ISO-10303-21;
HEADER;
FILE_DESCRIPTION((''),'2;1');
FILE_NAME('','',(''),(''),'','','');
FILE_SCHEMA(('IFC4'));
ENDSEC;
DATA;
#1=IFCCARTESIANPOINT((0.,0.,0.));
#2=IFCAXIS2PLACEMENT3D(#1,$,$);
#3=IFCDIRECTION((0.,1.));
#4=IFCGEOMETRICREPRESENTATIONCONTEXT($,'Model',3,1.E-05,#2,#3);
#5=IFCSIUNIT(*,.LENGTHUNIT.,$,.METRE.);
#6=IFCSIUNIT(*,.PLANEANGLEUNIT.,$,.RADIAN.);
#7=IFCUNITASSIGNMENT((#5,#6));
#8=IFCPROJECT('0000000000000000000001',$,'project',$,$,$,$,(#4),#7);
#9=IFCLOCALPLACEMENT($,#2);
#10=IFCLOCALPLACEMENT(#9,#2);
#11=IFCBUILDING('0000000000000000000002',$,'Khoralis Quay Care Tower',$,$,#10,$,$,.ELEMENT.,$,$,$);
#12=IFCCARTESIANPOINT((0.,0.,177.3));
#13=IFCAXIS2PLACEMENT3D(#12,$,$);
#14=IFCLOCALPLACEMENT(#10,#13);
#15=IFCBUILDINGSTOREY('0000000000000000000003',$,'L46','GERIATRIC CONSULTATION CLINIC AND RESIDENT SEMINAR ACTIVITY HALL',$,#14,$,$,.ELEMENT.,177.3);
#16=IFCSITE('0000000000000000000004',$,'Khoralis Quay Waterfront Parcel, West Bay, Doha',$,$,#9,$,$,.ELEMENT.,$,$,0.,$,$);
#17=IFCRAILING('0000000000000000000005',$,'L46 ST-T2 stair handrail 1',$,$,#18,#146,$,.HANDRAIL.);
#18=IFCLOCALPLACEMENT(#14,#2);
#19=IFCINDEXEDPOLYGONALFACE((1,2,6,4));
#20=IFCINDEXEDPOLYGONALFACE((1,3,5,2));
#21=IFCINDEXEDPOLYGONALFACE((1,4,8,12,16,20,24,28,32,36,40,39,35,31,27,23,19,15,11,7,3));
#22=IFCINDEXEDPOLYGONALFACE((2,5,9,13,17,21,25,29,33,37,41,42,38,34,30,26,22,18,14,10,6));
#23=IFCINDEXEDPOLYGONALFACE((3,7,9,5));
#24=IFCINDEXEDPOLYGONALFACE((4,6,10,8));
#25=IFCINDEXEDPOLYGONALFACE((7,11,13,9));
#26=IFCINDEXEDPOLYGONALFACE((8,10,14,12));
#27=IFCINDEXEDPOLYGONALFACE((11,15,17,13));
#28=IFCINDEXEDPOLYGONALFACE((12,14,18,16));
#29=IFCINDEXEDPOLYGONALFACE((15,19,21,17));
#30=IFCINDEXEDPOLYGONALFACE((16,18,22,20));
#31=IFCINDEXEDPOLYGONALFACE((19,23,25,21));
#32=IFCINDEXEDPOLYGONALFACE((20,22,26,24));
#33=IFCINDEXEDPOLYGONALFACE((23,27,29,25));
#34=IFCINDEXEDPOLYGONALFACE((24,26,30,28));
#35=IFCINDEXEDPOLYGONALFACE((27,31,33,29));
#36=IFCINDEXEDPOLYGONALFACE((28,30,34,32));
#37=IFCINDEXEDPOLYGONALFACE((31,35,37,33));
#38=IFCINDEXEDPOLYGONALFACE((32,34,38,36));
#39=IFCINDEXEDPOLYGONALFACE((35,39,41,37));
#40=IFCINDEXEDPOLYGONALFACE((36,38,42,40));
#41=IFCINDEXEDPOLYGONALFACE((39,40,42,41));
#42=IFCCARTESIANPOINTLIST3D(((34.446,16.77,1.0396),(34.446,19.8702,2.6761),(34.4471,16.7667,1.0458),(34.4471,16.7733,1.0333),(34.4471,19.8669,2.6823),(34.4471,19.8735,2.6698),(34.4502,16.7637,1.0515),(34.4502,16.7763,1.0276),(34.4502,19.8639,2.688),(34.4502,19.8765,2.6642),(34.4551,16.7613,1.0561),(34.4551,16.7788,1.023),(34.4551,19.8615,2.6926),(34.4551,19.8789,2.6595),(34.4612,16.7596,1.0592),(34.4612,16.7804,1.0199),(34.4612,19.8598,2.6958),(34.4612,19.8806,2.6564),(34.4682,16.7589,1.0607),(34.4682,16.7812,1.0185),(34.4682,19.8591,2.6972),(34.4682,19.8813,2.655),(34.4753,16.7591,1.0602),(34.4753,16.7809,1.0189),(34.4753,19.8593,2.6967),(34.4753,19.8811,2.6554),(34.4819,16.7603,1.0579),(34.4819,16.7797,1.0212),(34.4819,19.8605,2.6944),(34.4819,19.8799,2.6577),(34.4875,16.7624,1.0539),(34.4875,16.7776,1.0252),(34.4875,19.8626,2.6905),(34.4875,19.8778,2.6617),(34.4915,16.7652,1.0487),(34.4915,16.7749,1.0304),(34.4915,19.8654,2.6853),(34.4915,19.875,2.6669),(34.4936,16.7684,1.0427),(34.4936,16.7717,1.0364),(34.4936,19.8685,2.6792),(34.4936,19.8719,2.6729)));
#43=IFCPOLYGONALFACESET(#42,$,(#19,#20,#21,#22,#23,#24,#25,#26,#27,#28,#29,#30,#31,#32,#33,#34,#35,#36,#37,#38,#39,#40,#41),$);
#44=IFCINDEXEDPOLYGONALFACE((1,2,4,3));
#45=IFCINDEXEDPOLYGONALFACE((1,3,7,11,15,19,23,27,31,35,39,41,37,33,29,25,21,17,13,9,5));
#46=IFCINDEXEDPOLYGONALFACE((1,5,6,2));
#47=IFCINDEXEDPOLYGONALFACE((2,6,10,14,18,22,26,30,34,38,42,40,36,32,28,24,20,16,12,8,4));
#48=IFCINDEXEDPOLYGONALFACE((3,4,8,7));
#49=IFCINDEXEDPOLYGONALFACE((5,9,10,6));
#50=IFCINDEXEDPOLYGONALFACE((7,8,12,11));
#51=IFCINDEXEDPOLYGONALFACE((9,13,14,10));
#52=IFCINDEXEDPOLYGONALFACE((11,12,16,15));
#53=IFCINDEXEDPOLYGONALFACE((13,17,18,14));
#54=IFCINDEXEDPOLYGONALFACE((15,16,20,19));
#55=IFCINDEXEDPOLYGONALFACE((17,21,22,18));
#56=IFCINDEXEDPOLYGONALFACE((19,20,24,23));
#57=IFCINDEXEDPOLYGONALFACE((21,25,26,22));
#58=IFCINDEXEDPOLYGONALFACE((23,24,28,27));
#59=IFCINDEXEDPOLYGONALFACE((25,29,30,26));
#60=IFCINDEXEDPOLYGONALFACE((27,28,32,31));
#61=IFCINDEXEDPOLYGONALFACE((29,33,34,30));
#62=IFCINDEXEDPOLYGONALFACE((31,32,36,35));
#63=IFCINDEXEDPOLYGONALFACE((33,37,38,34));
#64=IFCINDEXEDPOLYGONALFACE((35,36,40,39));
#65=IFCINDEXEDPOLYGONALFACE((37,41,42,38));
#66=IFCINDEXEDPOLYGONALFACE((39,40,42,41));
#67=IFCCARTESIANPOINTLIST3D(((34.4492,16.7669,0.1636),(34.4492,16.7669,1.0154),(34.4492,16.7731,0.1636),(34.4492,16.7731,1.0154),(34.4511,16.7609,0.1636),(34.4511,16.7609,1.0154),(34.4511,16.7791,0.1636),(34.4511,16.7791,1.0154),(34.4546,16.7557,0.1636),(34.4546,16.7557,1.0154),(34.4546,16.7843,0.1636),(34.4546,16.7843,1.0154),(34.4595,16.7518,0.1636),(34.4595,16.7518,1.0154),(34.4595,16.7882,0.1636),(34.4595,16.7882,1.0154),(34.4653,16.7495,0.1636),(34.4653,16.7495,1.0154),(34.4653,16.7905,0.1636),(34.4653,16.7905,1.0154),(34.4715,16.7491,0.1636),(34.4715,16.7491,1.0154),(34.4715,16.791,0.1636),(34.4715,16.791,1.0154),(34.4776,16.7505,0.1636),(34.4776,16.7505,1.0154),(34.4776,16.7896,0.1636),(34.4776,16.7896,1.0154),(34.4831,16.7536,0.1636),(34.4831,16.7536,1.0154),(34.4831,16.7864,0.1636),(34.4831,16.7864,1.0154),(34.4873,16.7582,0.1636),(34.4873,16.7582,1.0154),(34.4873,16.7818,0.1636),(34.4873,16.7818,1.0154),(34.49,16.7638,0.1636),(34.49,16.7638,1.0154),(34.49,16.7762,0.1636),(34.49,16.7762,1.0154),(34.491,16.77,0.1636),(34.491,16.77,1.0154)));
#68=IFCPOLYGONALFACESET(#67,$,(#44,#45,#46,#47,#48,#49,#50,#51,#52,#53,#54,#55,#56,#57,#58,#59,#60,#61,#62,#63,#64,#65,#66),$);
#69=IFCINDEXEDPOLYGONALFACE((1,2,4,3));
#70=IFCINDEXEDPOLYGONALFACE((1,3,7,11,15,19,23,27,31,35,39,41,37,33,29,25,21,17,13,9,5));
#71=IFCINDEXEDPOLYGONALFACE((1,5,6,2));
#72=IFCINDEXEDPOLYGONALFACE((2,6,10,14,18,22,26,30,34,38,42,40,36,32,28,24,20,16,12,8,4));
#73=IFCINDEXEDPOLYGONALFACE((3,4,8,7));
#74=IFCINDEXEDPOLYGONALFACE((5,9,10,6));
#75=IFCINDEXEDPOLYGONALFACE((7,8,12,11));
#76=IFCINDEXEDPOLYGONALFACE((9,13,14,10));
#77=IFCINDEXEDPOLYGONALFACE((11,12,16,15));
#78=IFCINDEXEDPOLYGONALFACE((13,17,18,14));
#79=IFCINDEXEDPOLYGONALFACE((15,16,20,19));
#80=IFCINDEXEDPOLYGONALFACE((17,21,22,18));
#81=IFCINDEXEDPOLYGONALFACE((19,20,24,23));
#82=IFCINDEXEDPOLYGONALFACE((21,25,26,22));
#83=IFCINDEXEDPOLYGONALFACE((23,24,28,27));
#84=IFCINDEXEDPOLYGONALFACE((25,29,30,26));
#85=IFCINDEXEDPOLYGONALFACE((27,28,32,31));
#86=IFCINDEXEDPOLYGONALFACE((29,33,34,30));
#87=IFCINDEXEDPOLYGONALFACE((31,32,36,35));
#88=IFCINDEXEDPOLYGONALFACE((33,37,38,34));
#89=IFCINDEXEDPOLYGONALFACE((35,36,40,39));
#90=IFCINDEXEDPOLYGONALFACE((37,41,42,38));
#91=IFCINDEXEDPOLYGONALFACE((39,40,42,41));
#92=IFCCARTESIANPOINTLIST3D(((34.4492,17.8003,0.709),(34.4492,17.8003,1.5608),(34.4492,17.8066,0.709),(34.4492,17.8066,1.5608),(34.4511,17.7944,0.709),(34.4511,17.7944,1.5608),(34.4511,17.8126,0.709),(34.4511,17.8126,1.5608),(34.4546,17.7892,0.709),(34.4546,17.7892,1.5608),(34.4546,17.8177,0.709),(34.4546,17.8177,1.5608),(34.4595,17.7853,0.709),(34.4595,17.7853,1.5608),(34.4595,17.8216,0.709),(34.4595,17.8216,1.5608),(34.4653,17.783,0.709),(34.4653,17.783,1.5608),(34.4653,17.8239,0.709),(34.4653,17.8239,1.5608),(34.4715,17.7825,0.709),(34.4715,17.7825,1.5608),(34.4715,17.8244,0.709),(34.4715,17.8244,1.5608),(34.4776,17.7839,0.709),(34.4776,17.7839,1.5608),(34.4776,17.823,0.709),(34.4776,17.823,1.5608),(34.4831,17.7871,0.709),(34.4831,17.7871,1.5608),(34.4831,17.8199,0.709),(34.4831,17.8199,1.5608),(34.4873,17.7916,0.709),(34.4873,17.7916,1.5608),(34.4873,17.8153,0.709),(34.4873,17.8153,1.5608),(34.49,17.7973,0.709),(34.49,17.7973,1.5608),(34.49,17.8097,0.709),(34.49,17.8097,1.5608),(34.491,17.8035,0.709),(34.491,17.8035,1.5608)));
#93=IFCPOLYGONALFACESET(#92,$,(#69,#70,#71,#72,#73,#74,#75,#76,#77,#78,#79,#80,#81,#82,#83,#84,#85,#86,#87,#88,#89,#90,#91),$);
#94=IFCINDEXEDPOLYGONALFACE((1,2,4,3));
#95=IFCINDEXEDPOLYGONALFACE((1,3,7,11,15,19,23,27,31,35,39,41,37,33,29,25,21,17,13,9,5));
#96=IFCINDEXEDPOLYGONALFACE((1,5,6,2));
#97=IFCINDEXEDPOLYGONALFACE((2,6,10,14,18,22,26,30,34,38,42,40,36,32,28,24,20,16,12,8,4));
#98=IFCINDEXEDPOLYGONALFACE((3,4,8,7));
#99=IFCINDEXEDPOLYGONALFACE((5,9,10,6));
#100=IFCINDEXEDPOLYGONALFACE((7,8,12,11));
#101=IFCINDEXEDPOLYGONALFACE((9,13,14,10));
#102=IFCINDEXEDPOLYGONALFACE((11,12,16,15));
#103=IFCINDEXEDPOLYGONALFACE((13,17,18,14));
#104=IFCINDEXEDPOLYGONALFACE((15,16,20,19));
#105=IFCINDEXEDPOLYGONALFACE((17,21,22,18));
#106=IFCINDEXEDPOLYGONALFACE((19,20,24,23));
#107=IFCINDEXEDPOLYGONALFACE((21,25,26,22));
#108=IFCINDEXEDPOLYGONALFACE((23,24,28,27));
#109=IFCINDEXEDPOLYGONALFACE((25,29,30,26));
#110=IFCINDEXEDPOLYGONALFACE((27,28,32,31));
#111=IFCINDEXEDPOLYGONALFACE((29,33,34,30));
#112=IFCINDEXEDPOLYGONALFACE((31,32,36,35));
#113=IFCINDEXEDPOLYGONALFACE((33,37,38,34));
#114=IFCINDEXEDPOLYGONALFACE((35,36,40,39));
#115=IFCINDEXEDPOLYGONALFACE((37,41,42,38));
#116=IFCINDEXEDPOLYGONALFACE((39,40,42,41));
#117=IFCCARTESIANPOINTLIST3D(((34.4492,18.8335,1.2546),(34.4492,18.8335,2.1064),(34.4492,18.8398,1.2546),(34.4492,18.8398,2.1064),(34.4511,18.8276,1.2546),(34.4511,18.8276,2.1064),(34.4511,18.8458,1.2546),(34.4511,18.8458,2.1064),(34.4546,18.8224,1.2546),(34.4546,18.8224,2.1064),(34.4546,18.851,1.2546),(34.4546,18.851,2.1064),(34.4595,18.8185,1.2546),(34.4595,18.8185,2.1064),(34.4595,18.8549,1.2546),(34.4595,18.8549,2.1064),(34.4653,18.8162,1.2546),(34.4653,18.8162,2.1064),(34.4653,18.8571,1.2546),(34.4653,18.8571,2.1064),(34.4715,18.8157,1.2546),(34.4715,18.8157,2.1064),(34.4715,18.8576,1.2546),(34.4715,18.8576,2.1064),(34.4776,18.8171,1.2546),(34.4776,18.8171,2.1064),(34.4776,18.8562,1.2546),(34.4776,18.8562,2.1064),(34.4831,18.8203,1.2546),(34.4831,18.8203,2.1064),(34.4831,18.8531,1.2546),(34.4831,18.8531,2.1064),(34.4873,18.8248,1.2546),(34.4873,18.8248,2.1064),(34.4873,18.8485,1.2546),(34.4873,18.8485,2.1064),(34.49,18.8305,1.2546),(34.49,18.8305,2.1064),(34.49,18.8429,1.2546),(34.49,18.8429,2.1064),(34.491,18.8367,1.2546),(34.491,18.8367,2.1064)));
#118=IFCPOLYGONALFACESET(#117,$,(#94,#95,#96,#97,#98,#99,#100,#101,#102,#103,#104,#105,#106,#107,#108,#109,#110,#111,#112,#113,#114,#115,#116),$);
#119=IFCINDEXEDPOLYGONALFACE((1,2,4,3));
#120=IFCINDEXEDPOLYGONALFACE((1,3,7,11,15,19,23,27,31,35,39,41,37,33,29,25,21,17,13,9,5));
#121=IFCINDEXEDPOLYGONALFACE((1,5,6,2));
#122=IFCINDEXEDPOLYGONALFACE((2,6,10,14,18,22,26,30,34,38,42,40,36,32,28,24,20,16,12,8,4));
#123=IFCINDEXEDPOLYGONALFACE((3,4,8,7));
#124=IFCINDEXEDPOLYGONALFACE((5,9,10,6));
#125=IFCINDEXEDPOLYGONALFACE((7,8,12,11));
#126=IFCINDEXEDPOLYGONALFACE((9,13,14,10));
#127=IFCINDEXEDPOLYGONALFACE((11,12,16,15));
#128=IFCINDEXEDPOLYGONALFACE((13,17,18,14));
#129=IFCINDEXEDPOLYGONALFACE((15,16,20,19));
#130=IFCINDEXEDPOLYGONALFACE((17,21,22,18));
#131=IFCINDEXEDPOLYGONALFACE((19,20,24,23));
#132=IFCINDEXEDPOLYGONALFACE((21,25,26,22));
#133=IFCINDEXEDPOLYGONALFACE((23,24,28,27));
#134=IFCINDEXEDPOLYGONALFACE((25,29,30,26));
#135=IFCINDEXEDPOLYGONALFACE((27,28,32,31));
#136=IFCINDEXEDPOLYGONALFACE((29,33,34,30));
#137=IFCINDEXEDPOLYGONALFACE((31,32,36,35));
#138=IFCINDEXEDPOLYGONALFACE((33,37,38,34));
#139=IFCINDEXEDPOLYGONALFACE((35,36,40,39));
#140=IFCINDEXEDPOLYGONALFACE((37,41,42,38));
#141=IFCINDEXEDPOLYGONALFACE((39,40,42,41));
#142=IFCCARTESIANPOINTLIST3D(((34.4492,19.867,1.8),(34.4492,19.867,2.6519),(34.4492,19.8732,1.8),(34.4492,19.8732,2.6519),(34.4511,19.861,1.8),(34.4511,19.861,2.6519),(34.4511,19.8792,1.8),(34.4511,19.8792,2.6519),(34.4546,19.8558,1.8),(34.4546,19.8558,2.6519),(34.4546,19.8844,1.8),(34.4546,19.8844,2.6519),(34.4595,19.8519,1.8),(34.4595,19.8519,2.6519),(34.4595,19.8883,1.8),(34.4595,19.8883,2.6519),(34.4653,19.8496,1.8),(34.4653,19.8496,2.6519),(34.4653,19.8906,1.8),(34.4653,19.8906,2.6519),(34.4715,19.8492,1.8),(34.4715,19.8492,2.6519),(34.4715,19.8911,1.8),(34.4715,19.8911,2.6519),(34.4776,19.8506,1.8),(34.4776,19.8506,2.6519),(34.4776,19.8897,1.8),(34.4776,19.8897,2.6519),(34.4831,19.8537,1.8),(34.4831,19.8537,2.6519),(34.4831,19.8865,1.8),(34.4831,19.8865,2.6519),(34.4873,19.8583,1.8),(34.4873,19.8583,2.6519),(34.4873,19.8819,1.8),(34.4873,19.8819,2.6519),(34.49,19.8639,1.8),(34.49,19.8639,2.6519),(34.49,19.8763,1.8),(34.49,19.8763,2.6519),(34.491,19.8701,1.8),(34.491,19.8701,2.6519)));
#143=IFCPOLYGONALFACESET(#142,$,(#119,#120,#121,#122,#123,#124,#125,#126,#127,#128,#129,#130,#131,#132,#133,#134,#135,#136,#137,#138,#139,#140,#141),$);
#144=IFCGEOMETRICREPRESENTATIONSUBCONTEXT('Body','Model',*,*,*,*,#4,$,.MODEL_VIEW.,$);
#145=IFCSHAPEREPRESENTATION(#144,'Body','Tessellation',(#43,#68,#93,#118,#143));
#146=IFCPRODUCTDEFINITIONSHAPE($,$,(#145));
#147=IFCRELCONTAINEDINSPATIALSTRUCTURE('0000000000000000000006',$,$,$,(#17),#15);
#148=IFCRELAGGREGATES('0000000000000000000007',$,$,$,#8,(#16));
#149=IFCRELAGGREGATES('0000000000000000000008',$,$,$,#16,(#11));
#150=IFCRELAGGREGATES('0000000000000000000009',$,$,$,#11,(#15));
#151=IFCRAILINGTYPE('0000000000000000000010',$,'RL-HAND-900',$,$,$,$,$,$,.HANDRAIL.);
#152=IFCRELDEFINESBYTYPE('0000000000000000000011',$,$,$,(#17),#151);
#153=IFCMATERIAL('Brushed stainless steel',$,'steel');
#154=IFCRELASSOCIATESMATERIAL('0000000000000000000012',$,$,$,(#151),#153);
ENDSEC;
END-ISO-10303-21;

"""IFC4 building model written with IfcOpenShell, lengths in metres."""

from ifc_helpers import new_model, si_unit, direction, frame, origin, origin_2d, place, context, subcontext, project, spatial, circle, extrude, material, type_object, element, save


model = new_model("IFC4")

# Units and contexts
model_context = context("Model", 3, precision=1e-05, world=origin(), true_north=direction((0.0, 1.0)))
body_context = subcontext(model_context, "Body", "Model", "MODEL_VIEW")
ifc_project = project(units=[si_unit("LENGTHUNIT", "METRE"), si_unit("PLANEANGLEUNIT", "RADIAN")], contexts=[model_context])

# Site, building, storey
site_placement = place(None, origin())
site = spatial("IfcSite", under=ifc_project, at=site_placement, Name="Khoralis Quay Waterfront Parcel, West Bay, Doha", CompositionType="ELEMENT", RefElevation=0.0)
building_placement = place(site_placement, origin())
building = spatial("IfcBuilding", under=site, at=building_placement, Name="Khoralis Quay Care Tower", CompositionType="ELEMENT")
storey_placement = place(building_placement, frame((0.0, 0.0, 177.3)))
storey = spatial("IfcBuildingStorey", under=building, at=storey_placement, Name="L46", Description="GERIATRIC CONSULTATION CLINIC AND RESIDENT SEMINAR ACTIVITY HALL", CompositionType="ELEMENT", Elevation=177.3)

# Shared definitions
ifc_material_1 = material(Name="Brushed stainless steel", Category="steel")

# Railing
railing_type_1 = type_object("IfcRailingType", Name="RL-HAND-900", PredefinedType="HANDRAIL", material=ifc_material_1)
railing_1_placement = place(storey_placement, frame((34.47, 16.77, 0.1636)))
element("IfcRailing", 1, at=railing_1_placement, inside=storey, type_object=railing_type_1, Name="L46 ST-T2 stair handrail 1", PredefinedType="HANDRAIL", context=body_context, shape_type="SweptSolid", body=[
    extrude(circle(Radius=0.0239, at=origin_2d()), frame((0.0, 0.0, 0.876), z_axis=(0.0, 0.884348, 0.466828), x_axis=(-1.0, 0.0, 0.0)), (0.0, 0.0, 1.0), 3.5056),
    extrude(circle(Radius=0.021, at=origin_2d()), origin(), (0.0, 0.0, 1.0), 0.8518),
    extrude(circle(Radius=0.021, at=origin_2d()), frame((0.0, 1.0334, 0.5454)), (0.0, 0.0, 1.0), 0.8518),
    extrude(circle(Radius=0.021, at=origin_2d()), frame((0.0, 2.0667, 1.0911)), (0.0, 0.0, 1.0), 0.8518),
    extrude(circle(Radius=0.021, at=origin_2d()), frame((0.0, 3.1001, 1.6365)), (0.0, 0.0, 1.0), 0.8518),
])

save(model, "model.ifc")
